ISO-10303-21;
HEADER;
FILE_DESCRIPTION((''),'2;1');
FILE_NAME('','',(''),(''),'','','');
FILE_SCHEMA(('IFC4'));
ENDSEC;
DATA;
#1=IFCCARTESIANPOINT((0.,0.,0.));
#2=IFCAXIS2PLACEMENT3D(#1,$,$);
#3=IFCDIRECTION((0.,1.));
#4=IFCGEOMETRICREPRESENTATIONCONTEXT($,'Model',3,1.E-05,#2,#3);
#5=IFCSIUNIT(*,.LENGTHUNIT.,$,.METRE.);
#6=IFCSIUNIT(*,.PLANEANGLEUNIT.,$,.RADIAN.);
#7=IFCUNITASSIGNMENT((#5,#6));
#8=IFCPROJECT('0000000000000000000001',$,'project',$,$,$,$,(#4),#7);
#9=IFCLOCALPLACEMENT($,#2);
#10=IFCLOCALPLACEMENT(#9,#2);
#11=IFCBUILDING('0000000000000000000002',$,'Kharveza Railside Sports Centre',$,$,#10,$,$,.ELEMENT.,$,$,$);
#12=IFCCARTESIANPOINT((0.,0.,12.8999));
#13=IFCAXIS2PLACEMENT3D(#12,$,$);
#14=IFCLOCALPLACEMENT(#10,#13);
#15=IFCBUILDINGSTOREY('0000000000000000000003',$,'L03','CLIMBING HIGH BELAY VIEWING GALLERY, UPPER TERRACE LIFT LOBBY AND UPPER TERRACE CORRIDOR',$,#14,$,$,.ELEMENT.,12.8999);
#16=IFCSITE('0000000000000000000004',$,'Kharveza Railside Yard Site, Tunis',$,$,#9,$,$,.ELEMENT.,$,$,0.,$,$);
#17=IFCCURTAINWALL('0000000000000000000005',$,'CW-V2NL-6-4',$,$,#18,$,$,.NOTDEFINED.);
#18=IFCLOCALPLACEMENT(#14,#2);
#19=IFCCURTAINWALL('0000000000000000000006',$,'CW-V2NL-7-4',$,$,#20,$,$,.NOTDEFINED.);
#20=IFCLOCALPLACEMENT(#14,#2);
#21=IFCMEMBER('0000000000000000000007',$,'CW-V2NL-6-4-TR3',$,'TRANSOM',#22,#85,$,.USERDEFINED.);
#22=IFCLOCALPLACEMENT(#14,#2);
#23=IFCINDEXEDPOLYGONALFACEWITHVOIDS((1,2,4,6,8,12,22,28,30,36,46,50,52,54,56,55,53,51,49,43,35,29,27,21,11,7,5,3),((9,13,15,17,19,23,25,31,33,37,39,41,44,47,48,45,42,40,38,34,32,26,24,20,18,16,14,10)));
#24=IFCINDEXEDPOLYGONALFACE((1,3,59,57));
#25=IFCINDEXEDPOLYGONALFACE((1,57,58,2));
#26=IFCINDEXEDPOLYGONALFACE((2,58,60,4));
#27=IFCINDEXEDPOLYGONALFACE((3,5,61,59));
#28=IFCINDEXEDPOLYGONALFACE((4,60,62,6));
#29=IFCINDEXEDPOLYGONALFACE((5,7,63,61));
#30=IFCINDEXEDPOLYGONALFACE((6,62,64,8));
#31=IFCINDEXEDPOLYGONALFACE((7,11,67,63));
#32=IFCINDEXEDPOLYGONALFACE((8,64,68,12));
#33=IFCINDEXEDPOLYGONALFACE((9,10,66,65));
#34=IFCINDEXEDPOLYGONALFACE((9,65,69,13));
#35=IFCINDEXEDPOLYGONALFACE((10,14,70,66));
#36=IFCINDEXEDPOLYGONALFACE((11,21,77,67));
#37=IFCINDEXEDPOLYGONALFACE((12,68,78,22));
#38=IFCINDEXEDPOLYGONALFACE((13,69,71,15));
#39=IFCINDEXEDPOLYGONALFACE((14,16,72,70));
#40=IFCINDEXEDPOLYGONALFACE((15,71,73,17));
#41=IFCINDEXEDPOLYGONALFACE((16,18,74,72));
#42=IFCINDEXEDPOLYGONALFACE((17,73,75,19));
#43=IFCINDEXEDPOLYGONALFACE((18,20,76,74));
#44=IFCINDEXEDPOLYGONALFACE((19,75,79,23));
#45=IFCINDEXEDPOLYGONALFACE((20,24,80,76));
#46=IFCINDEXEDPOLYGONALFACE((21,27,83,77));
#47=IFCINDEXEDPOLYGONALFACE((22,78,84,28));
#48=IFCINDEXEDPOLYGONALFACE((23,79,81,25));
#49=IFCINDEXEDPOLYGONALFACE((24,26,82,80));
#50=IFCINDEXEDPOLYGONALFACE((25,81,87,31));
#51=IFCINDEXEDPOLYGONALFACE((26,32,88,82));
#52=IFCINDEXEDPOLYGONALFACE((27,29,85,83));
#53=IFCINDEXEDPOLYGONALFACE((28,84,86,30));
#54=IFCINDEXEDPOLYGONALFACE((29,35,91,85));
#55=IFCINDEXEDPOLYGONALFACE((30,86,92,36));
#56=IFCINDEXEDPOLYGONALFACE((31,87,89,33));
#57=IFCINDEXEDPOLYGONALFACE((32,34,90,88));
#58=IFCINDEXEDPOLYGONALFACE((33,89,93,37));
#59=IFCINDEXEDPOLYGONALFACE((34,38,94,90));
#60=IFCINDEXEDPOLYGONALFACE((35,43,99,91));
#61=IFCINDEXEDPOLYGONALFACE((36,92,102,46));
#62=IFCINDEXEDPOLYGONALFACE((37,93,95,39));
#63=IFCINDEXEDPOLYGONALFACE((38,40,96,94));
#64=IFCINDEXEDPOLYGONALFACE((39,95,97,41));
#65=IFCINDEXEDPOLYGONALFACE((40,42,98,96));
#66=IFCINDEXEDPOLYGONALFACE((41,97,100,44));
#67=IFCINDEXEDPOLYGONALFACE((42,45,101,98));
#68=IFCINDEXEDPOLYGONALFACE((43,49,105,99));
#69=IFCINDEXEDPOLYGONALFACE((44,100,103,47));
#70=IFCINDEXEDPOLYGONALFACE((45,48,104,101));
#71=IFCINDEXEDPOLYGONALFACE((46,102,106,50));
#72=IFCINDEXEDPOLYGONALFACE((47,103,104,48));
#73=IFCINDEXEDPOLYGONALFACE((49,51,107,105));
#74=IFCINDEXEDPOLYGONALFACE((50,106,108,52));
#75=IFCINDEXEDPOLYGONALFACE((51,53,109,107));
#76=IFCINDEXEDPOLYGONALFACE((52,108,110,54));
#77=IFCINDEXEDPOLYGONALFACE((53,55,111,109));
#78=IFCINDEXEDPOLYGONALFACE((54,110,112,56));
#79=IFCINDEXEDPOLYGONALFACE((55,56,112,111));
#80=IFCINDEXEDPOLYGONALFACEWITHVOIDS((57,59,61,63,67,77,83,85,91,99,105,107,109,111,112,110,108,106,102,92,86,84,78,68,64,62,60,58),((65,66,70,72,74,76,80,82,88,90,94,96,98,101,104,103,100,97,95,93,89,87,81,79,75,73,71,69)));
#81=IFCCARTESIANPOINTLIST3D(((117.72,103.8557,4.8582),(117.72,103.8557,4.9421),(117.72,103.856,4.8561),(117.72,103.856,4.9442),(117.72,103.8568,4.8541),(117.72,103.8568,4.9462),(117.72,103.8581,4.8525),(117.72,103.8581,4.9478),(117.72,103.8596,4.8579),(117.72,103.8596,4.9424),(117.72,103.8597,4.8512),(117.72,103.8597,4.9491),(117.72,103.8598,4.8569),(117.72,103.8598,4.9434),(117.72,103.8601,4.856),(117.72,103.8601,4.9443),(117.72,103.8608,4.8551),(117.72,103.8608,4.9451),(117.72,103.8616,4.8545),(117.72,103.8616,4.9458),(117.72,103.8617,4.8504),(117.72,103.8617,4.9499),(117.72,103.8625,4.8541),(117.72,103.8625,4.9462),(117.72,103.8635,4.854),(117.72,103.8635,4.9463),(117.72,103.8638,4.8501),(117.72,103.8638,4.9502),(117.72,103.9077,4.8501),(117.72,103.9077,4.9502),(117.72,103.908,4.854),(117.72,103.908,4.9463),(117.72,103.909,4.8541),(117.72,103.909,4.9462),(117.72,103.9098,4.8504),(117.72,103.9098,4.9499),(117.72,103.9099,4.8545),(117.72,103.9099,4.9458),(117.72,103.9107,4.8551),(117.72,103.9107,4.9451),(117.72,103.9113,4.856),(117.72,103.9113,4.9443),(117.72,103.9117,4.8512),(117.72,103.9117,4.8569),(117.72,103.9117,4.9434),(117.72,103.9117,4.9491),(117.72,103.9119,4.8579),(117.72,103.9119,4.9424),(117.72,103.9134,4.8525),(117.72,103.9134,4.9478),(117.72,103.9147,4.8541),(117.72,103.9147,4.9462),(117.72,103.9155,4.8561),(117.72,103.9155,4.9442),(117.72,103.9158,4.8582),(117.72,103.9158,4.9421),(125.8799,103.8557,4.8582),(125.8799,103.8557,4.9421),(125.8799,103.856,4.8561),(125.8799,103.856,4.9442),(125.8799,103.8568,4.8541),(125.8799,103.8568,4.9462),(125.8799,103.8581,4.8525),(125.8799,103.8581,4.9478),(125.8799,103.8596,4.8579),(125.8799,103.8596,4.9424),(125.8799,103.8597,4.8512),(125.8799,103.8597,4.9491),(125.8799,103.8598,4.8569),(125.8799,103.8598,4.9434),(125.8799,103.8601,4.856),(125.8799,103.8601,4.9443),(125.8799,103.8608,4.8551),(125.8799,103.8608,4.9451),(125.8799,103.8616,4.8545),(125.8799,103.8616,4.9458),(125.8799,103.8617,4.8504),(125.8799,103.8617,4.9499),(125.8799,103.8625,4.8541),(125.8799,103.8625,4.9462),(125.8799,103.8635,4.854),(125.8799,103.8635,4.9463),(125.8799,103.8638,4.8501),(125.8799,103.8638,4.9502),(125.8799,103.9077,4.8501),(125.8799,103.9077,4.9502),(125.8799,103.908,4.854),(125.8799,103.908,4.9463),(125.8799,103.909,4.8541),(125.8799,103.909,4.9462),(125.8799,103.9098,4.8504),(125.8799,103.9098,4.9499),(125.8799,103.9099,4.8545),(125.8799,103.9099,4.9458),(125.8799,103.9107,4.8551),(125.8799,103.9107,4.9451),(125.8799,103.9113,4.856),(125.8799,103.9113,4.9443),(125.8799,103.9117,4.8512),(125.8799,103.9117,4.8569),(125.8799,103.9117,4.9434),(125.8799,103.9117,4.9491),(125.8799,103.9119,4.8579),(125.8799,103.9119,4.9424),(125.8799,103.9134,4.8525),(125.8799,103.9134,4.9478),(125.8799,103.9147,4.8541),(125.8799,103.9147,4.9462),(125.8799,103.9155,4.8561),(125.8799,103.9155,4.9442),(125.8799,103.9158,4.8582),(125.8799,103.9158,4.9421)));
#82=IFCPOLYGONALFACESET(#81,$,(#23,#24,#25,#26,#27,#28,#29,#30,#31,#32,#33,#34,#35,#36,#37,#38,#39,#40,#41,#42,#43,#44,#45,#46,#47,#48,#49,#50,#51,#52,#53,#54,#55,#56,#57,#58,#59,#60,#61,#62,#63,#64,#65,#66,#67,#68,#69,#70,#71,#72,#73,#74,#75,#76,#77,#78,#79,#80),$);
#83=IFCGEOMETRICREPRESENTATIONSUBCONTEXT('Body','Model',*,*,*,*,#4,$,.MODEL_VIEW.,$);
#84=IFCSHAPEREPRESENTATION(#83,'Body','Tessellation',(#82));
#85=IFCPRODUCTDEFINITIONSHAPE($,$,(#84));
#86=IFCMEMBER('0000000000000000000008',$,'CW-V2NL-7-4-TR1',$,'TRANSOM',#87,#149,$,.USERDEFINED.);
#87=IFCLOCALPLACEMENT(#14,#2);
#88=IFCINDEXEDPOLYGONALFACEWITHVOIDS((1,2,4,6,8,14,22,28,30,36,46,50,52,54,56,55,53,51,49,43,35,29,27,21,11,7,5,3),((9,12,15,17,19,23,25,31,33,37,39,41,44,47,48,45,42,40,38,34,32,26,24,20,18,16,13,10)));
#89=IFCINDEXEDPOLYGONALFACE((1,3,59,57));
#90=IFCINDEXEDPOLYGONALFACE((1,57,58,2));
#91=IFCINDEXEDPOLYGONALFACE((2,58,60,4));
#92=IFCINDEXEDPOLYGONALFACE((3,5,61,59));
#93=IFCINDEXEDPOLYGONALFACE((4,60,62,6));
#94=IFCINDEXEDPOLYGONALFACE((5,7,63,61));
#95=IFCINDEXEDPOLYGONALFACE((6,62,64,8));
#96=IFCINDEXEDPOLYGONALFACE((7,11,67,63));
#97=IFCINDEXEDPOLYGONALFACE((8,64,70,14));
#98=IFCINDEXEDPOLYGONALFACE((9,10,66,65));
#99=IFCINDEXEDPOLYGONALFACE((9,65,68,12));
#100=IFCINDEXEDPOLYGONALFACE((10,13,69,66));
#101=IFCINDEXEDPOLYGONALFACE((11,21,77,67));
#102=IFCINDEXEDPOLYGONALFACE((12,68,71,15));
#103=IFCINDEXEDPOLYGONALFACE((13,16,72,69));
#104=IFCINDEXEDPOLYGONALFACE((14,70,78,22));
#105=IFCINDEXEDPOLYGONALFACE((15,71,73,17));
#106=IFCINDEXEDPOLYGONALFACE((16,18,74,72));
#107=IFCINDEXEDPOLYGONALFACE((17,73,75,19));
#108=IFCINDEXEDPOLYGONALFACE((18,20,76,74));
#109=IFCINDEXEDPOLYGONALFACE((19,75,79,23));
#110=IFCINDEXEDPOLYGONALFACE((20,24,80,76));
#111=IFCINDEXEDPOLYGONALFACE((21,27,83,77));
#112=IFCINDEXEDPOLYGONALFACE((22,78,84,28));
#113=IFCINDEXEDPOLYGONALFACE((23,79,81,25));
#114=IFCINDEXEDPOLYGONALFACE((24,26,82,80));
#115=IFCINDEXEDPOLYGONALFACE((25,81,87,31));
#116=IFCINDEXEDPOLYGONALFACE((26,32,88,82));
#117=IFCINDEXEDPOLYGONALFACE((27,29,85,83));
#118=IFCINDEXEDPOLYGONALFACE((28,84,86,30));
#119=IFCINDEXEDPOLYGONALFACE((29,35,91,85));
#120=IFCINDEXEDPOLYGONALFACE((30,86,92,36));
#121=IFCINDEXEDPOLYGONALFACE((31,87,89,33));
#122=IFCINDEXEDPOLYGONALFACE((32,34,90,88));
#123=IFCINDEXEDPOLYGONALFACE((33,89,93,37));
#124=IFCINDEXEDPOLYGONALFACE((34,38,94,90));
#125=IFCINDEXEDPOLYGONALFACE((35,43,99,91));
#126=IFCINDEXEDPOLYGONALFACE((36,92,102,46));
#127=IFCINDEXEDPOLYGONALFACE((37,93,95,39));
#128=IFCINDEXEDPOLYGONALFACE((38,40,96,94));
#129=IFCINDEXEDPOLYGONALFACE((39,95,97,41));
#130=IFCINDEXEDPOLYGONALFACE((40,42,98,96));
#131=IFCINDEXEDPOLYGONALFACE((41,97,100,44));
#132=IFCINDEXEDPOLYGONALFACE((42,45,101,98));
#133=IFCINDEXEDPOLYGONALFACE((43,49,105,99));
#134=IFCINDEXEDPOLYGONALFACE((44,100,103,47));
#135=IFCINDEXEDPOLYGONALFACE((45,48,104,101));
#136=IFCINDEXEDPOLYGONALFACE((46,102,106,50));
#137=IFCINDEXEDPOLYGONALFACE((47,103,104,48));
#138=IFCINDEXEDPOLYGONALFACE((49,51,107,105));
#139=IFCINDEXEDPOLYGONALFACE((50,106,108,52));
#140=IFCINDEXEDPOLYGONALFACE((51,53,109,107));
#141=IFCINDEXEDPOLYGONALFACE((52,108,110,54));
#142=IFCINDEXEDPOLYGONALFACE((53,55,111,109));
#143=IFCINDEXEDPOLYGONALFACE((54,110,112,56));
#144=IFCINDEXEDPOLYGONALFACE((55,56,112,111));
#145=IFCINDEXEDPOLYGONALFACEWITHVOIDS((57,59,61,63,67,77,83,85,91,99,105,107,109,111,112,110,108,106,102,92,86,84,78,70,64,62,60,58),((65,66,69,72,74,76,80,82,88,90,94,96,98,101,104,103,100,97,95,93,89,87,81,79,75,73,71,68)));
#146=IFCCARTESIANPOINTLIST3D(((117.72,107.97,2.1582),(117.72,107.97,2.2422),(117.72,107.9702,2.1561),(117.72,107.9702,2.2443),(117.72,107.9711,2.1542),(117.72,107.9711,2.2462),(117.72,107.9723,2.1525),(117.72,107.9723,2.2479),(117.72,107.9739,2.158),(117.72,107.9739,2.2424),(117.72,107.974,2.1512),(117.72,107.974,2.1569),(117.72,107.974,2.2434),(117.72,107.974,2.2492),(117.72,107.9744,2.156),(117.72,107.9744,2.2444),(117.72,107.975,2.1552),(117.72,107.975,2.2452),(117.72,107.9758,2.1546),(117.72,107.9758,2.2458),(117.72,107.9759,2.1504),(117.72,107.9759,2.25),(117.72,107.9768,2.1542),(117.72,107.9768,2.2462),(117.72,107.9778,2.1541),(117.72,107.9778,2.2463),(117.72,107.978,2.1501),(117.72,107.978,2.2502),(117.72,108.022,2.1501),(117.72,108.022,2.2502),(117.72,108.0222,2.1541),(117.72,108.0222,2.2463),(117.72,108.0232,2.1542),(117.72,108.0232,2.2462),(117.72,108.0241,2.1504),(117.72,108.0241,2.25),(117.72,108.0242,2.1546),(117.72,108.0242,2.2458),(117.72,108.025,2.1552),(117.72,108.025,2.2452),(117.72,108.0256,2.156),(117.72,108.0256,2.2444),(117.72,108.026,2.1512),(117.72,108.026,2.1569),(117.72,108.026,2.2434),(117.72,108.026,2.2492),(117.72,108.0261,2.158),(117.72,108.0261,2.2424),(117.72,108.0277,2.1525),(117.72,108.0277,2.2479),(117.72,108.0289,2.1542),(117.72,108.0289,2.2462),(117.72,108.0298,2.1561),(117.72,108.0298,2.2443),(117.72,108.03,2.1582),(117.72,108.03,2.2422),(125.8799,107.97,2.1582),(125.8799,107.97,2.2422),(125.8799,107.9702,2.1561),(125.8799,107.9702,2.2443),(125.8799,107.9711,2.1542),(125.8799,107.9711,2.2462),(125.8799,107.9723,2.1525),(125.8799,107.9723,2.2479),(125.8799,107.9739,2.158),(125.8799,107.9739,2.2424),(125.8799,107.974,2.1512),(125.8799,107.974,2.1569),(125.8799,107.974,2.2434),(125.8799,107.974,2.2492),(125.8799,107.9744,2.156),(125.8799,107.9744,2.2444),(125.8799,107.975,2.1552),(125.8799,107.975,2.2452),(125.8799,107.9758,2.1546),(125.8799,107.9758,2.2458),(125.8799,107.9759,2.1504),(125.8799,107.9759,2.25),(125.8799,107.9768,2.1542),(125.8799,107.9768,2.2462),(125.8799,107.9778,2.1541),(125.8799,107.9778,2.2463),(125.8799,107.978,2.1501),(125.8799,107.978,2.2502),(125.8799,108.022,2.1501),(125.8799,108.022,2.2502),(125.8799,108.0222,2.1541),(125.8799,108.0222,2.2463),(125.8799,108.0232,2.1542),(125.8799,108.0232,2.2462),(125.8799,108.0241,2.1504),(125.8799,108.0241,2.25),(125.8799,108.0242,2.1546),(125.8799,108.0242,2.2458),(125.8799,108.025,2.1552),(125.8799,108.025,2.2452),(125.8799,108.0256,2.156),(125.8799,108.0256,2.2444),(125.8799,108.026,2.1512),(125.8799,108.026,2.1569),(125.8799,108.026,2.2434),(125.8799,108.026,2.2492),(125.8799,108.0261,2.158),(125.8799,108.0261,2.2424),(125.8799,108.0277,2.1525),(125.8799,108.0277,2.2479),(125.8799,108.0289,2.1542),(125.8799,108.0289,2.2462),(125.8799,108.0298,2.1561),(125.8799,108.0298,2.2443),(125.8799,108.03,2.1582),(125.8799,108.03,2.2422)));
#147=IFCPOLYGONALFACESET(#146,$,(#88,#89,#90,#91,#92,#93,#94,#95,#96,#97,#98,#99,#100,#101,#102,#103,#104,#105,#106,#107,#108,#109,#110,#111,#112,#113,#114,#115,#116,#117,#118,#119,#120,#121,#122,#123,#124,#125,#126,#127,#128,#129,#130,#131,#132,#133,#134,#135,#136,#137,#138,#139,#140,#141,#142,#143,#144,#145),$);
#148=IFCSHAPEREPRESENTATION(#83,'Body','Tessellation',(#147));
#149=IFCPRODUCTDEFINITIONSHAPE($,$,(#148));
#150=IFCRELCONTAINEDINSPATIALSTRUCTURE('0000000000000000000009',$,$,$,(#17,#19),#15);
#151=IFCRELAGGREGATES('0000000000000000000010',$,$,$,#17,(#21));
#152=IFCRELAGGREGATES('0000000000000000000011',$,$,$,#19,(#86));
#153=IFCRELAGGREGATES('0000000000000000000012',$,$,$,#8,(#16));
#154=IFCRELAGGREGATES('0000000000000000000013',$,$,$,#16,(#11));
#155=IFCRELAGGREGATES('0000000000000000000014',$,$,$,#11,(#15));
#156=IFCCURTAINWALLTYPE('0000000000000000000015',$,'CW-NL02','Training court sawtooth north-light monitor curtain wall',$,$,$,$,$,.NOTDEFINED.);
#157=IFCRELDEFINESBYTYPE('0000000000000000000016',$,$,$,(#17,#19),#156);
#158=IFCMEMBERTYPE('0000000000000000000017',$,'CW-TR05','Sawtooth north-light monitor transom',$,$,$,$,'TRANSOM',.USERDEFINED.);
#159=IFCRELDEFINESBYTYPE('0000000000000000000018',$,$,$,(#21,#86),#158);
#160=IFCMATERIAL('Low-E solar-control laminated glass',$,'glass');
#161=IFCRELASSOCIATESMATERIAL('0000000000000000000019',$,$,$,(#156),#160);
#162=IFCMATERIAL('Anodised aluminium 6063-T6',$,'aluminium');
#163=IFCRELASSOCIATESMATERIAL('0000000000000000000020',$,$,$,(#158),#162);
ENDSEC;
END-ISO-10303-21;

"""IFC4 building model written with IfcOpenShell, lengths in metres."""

from ifc_helpers import new_model, si_unit, direction, frame, origin, origin_2d, place, context, subcontext, project, spatial, hollow_rectangle, extrude, material, material_profile, profile_set, type_object, element, aggregate, save


model = new_model("IFC4")

# Units and contexts
model_context = context("Model", 3, precision=1e-05, world=origin(), true_north=direction((0.0, 1.0)))
body_context = subcontext(model_context, "Body", "Model", "MODEL_VIEW")
ifc_project = project(units=[si_unit("LENGTHUNIT", "METRE"), si_unit("PLANEANGLEUNIT", "RADIAN")], contexts=[model_context])

# Site, building, storey
site_placement = place(None, origin())
site = spatial("IfcSite", under=ifc_project, at=site_placement, Name="Kharveza Railside Yard Site, Tunis", CompositionType="ELEMENT", RefElevation=0.0)
building_placement = place(site_placement, origin())
building = spatial("IfcBuilding", under=site, at=building_placement, Name="Kharveza Railside Sports Centre", CompositionType="ELEMENT")
storey_placement = place(building_placement, frame((0.0, 0.0, 12.8999)))
storey = spatial("IfcBuildingStorey", under=building, at=storey_placement, Name="L03", Description="CLIMBING HIGH BELAY VIEWING GALLERY, UPPER TERRACE LIFT LOBBY AND UPPER TERRACE CORRIDOR", CompositionType="ELEMENT", Elevation=12.8999)

# Curtain walls
ifc_material_1 = material(Name="Low-E solar-control laminated glass", Category="glass")
curtain_wall_type = type_object("IfcCurtainWallType", Name="CW-NL02", Description="Training court sawtooth north-light monitor curtain wall", PredefinedType="NOTDEFINED", material=ifc_material_1)
curtain_wall_1_placement = place(storey_placement, origin())
curtain_wall_1 = element("IfcCurtainWall", 1, at=curtain_wall_1_placement, inside=storey, type_object=curtain_wall_type, Name="CW-V2NL-6-4", PredefinedType="NOTDEFINED")
ifc_material_2 = material(Name="Anodised aluminium 6063-T6", Category="aluminium")
curtain_wall_2_placement = place(storey_placement, origin())
curtain_wall_2 = element("IfcCurtainWall", 2, at=curtain_wall_2_placement, inside=storey, type_object=curtain_wall_type, Name="CW-V2NL-7-4", PredefinedType="NOTDEFINED")

# Members
ifc_material_profile_1 = material_profile(ifc_material_2, hollow_rectangle(XDim=0.0601, YDim=0.1001, WallThickness=0.0039, InnerFilletRadius=0.0039, OuterFilletRadius=0.0081, at=origin_2d()), Name="RHS 60x100x4.0")
ifc_profile_set_1 = profile_set([ifc_material_profile_1], Name="Anodised aluminium 6063-T6")
member_type_1 = type_object("IfcMemberType", Name="CW-TR05", Description="Sawtooth north-light monitor transom", ElementType="TRANSOM", PredefinedType="USERDEFINED", material=ifc_profile_set_1)
member_1_placement = place(storey_placement, frame((117.72, 103.8857, 4.9001), z_axis=(1.0, 0.0, 0.0), x_axis=(0.0, 1.0, 0.0)))
member_1 = element("IfcMember", 3, at=member_1_placement, type_object=member_type_1, Name="CW-V2NL-6-4-TR3", ObjectType="TRANSOM", PredefinedType="USERDEFINED", context=body_context, shape_type="SweptSolid", body=[
    extrude(hollow_rectangle(XDim=0.0601, YDim=0.1001, WallThickness=0.0039, InnerFilletRadius=0.0039, OuterFilletRadius=0.0081, at=origin_2d()), origin(), (0.0, 0.0, 1.0), 8.1599),
])
member_2_placement = place(storey_placement, frame((117.72, 108.0, 2.2002), z_axis=(1.0, 0.0, 0.0), x_axis=(0.0, 1.0, 0.0)))
member_2 = element("IfcMember", 4, at=member_2_placement, type_object=member_type_1, Name="CW-V2NL-7-4-TR1", ObjectType="TRANSOM", PredefinedType="USERDEFINED", context=body_context, shape_type="SweptSolid", body=[
    extrude(hollow_rectangle(XDim=0.0601, YDim=0.1001, WallThickness=0.0039, InnerFilletRadius=0.0039, OuterFilletRadius=0.0081, at=origin_2d()), origin(), (0.0, 0.0, 1.0), 8.1599),
])

aggregate(curtain_wall_1, [member_1])
aggregate(curtain_wall_2, [member_2])

save(model, "model.ifc")
